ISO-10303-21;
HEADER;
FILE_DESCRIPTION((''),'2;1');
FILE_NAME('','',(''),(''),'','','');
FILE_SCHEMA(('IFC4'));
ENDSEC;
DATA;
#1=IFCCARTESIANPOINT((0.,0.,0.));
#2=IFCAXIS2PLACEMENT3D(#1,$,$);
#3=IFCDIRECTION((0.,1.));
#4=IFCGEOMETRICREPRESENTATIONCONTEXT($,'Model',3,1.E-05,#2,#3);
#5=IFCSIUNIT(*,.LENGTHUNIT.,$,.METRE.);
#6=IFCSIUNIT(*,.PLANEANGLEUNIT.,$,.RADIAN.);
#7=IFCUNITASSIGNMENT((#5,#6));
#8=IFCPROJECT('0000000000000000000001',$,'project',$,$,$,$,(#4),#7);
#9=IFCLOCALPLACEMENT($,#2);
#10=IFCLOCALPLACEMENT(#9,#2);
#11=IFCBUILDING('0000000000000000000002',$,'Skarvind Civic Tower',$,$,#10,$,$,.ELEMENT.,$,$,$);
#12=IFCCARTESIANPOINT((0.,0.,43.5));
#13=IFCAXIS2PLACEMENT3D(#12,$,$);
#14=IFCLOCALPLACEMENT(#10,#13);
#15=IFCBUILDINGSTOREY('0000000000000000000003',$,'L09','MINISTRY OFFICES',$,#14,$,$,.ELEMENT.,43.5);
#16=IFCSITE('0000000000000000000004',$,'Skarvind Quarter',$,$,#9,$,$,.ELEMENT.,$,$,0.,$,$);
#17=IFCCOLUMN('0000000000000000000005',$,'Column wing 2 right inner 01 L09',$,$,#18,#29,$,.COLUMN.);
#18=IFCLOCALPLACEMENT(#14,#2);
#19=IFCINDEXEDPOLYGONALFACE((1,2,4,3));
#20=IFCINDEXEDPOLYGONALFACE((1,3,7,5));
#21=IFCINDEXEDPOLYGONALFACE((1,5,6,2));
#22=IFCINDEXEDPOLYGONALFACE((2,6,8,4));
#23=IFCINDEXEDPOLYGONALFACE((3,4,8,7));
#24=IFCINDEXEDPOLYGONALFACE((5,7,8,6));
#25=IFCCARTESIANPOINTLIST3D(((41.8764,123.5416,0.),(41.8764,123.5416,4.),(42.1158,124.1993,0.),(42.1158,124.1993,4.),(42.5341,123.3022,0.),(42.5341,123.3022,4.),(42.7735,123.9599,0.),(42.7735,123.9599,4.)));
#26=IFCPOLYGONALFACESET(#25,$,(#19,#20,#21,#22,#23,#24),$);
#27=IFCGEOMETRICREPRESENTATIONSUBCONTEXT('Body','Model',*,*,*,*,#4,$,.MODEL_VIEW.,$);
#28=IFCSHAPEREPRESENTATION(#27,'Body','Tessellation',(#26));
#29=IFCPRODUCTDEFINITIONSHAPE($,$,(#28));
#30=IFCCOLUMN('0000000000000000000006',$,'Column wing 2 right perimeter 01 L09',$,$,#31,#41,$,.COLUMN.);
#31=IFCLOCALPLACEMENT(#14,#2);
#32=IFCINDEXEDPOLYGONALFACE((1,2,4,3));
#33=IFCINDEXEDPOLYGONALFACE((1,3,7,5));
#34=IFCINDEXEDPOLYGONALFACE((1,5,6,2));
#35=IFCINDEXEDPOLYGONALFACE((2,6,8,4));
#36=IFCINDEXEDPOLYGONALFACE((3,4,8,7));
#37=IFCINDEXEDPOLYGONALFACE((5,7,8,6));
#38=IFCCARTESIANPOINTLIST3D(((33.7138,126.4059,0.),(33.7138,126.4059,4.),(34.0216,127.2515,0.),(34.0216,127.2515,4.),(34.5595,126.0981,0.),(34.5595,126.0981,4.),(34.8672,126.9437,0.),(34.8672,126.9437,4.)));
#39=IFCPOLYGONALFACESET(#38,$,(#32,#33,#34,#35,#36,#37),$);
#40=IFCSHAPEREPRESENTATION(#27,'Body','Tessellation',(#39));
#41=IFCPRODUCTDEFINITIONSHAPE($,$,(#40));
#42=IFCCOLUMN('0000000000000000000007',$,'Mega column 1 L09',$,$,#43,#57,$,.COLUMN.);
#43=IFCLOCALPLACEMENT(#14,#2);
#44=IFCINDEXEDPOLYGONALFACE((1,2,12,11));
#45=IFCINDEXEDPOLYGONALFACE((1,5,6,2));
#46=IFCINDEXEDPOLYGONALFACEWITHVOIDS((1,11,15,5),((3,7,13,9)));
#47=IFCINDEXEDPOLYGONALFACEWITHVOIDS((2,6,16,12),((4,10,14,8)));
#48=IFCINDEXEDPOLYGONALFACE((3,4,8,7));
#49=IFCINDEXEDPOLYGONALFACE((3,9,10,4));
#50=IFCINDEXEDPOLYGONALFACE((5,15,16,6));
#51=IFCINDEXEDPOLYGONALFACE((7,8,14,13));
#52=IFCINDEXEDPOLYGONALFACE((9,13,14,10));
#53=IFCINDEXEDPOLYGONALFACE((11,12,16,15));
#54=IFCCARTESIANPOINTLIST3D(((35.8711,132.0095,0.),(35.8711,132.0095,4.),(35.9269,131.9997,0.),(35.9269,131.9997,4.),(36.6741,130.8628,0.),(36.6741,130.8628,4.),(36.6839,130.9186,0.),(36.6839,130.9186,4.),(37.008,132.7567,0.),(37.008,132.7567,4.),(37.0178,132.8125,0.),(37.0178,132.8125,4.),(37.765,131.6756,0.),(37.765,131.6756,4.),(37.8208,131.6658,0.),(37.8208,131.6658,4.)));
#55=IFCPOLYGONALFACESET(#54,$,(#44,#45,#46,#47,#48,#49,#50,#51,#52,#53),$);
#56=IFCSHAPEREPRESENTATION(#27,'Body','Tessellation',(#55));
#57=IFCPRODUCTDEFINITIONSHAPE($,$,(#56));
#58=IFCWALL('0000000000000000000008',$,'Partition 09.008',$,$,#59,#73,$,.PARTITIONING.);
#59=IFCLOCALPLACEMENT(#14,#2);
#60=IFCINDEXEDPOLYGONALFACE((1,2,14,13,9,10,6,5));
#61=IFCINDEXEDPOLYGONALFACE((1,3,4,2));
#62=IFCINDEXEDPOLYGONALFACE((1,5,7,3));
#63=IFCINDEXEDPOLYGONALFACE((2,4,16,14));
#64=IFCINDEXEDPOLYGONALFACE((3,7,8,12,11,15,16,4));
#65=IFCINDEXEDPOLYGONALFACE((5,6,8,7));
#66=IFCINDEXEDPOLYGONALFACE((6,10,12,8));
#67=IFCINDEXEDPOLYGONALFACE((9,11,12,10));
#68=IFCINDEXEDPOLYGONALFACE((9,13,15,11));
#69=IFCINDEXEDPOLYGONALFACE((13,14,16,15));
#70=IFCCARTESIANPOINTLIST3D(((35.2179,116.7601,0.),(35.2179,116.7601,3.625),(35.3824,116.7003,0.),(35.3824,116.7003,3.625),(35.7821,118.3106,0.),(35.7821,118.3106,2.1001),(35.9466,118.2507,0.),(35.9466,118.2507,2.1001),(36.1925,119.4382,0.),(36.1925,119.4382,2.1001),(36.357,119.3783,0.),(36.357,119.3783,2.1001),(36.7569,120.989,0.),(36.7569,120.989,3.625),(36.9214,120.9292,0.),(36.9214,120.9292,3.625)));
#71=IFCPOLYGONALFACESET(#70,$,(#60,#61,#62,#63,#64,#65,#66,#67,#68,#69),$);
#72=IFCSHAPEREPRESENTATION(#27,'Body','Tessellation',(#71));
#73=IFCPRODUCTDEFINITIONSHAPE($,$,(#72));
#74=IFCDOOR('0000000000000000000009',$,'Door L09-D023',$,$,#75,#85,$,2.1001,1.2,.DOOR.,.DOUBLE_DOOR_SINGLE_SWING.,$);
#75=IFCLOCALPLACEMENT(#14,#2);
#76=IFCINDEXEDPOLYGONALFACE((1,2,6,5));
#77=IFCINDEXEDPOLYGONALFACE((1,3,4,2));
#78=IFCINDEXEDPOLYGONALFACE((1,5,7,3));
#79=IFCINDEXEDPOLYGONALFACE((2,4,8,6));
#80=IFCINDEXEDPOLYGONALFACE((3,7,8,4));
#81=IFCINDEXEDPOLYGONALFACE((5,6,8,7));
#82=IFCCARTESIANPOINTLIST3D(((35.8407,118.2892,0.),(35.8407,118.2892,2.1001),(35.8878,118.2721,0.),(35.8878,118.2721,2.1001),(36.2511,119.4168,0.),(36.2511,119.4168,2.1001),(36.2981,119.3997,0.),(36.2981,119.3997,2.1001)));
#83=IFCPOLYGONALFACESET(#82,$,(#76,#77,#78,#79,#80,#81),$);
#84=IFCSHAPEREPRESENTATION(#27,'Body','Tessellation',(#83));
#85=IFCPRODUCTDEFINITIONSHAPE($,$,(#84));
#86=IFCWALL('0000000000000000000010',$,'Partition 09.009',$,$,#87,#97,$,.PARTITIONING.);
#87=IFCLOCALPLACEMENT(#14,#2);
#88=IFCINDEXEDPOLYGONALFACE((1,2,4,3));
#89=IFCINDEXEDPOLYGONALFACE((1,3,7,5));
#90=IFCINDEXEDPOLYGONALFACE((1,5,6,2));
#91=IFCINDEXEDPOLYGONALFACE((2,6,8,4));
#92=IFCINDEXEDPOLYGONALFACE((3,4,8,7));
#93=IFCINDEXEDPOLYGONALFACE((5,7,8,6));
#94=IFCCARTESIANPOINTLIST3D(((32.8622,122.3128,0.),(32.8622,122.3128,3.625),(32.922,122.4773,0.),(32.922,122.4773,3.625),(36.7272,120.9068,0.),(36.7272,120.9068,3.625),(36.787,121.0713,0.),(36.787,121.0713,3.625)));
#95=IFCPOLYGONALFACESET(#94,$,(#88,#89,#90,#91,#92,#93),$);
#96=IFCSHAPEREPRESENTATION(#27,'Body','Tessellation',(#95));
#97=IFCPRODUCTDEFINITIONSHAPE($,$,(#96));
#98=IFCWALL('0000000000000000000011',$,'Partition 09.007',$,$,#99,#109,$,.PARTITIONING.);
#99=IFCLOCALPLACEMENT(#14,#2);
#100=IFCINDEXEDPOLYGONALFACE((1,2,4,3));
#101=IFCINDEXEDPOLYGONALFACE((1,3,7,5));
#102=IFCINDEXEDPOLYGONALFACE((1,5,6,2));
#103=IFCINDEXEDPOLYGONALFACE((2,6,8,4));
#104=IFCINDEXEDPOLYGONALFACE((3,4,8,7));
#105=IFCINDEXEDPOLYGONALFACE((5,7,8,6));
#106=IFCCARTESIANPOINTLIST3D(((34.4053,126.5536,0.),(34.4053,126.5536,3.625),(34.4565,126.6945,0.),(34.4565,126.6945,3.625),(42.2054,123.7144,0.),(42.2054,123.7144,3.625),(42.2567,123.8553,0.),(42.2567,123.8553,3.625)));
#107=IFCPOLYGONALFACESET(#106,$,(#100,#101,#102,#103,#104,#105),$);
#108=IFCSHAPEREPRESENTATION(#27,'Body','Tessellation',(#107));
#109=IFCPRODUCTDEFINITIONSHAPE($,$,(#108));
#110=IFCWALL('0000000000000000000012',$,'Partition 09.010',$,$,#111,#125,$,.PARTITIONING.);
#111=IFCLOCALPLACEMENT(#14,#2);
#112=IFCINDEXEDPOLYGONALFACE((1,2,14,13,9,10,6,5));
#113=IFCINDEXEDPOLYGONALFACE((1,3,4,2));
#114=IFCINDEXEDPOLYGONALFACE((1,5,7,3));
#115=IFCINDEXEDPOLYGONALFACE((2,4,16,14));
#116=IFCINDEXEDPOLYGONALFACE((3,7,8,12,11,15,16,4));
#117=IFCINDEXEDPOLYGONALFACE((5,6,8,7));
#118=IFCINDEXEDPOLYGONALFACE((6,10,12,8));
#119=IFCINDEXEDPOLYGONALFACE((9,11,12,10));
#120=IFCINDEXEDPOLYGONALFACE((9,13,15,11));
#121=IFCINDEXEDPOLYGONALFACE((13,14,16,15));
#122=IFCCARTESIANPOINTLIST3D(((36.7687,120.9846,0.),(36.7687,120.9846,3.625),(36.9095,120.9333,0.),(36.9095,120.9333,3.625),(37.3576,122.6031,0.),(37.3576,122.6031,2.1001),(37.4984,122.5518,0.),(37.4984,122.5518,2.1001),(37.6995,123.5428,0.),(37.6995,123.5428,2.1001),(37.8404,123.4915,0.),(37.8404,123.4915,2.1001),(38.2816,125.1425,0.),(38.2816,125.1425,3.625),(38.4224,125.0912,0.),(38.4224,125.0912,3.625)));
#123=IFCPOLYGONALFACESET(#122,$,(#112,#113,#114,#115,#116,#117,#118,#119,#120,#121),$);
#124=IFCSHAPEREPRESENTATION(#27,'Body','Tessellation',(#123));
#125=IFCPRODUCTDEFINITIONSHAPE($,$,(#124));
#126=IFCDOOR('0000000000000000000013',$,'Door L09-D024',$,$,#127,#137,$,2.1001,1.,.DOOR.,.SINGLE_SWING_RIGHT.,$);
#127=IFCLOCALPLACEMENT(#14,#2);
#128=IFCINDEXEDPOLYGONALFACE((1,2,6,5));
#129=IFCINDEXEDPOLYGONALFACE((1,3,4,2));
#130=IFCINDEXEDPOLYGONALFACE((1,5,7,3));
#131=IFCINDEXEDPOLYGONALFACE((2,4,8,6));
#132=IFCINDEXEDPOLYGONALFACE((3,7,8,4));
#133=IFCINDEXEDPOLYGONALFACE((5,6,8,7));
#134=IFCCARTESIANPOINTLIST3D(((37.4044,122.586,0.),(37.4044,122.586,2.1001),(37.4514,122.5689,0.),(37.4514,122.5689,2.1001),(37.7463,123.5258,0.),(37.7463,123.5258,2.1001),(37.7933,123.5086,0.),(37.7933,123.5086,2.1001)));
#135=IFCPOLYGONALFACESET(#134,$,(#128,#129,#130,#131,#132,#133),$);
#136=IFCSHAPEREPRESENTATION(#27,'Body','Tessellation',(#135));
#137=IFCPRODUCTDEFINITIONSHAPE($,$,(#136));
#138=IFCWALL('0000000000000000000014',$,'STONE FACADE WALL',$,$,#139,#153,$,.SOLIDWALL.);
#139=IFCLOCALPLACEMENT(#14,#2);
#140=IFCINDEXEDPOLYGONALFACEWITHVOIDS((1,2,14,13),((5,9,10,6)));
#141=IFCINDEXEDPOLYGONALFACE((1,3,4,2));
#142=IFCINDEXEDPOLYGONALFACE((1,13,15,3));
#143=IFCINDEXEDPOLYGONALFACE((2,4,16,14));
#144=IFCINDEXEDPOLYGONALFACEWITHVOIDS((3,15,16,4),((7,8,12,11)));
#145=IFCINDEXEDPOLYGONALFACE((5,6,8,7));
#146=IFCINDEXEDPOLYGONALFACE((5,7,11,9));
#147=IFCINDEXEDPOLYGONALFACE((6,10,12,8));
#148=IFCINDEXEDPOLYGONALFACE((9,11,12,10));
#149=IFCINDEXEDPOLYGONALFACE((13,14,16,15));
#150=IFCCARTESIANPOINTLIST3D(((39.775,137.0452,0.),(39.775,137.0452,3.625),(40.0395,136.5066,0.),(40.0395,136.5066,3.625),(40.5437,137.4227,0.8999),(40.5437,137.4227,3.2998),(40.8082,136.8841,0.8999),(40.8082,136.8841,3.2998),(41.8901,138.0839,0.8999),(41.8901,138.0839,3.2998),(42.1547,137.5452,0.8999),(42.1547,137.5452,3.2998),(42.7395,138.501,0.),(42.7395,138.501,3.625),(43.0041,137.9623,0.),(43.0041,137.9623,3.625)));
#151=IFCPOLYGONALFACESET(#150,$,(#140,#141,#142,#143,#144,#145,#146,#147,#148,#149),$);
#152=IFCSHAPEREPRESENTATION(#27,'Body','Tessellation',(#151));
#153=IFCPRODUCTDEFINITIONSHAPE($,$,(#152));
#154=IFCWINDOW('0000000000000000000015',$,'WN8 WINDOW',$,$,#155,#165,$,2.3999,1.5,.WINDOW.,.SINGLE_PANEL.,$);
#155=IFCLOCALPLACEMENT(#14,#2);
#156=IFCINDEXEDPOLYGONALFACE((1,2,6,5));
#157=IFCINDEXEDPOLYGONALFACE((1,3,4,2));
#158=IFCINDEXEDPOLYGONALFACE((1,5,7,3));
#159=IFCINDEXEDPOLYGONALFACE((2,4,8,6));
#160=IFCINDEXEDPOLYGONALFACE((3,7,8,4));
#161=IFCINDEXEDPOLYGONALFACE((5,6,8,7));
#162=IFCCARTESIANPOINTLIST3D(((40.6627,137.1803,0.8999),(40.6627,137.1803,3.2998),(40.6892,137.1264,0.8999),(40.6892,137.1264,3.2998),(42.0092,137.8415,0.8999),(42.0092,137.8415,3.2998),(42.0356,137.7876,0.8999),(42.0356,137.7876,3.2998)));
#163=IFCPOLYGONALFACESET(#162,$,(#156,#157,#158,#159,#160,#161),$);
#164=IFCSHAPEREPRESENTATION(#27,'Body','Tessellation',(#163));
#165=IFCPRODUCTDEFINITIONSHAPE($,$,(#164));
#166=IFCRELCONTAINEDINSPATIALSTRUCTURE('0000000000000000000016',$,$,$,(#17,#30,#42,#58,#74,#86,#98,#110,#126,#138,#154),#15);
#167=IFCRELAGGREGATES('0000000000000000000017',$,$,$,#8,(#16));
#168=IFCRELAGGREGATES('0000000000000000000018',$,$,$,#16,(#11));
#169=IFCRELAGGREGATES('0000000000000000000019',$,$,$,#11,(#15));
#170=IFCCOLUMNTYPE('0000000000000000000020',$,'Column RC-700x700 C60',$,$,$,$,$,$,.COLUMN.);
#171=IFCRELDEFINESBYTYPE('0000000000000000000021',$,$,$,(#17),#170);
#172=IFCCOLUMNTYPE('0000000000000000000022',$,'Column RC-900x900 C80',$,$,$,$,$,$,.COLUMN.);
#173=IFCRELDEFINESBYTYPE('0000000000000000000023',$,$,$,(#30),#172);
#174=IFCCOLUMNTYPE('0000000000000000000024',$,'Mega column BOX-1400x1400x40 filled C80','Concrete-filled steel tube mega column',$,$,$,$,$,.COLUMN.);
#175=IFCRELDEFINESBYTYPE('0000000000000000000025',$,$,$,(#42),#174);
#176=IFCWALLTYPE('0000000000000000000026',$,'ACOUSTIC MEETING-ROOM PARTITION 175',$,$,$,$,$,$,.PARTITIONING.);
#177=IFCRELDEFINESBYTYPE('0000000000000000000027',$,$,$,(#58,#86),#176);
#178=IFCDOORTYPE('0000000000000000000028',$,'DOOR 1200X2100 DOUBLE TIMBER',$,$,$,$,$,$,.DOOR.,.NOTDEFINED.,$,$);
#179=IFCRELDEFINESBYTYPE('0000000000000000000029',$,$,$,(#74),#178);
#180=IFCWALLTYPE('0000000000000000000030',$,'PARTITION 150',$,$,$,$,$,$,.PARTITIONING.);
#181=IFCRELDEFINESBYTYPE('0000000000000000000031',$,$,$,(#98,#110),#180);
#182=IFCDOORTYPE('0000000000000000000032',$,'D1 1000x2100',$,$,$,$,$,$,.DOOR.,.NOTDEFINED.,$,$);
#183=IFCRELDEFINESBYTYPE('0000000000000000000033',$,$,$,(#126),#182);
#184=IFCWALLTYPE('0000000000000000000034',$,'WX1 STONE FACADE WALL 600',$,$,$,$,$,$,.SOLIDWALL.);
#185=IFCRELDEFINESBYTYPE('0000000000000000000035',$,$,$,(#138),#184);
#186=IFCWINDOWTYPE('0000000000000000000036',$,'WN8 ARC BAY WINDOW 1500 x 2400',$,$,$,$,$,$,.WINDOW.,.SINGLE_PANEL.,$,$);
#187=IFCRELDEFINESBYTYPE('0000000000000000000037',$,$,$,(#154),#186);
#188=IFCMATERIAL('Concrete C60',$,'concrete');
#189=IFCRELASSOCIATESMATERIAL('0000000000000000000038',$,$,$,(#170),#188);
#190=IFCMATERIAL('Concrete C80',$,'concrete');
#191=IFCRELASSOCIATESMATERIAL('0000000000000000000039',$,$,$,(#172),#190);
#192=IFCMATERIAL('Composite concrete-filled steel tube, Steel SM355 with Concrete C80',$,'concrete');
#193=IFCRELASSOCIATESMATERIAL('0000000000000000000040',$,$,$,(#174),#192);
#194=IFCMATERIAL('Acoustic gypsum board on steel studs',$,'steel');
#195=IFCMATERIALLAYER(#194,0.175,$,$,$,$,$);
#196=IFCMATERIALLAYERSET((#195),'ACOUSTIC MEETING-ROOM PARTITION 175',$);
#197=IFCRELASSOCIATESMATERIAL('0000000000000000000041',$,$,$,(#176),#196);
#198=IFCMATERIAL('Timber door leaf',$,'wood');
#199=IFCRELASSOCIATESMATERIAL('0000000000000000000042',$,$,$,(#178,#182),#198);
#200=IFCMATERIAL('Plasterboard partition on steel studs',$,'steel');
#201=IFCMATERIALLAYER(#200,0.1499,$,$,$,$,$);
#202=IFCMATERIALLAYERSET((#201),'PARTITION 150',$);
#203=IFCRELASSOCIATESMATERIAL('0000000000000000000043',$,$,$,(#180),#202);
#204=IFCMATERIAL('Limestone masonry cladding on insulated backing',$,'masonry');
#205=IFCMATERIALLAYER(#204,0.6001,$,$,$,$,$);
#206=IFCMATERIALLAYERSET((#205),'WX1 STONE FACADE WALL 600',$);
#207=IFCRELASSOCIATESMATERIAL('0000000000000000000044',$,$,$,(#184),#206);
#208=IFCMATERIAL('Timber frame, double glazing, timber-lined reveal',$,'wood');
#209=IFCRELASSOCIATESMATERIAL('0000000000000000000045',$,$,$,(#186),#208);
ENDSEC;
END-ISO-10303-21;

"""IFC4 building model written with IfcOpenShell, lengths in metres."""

from ifc_helpers import new_model, si_unit, direction, frame, frame_2d, origin, origin_2d, place, context, subcontext, project, spatial, rectangle, hollow_rectangle, extrude, material, layer, layer_set, material_profile, profile_set, type_object, element, fill, save


model = new_model("IFC4")

# Units and contexts
model_context = context("Model", 3, precision=1e-05, world=origin(), true_north=direction((0.0, 1.0)))
body_context = subcontext(model_context, "Body", "Model", "MODEL_VIEW")
ifc_project = project(units=[si_unit("LENGTHUNIT", "METRE"), si_unit("PLANEANGLEUNIT", "RADIAN")], contexts=[model_context])

# Site, building, storey
site_placement = place(None, origin())
site = spatial("IfcSite", under=ifc_project, at=site_placement, Name="Skarvind Quarter", CompositionType="ELEMENT", RefElevation=0.0)
building_placement = place(site_placement, origin())
building = spatial("IfcBuilding", under=site, at=building_placement, Name="Skarvind Civic Tower", CompositionType="ELEMENT")
storey_placement = place(building_placement, frame((0.0, 0.0, 43.5)))
storey = spatial("IfcBuildingStorey", under=building, at=storey_placement, Name="L09", Description="MINISTRY OFFICES", CompositionType="ELEMENT", Elevation=43.5)

# Columns
ifc_material_1 = material(Name="Concrete C60", Category="concrete")
ifc_material_profile_1 = material_profile(ifc_material_1, rectangle(XDim=0.7, YDim=0.7, at=origin_2d()), Name="RC-700x700")
ifc_profile_set_1 = profile_set([ifc_material_profile_1], Name="Concrete C60")
column_type_1 = type_object("IfcColumnType", Name="Column RC-700x700 C60", PredefinedType="COLUMN", material=ifc_profile_set_1)
column_1_placement = place(storey_placement, frame((42.325, 123.7507, 0.0), z_axis=(0.0, 0.0, 1.0), x_axis=(-0.34202, -0.939693, 0.0)))
element("IfcColumn", 1, at=column_1_placement, inside=storey, type_object=column_type_1, Name="Column wing 2 right inner 01 L09", PredefinedType="COLUMN", context=body_context, shape_type="SweptSolid", body=[
    extrude(rectangle(XDim=0.7, YDim=0.7, at=origin_2d()), origin(), (0.0, 0.0, 1.0), 4.0),
])
ifc_material_2 = material(Name="Concrete C80", Category="concrete")
ifc_material_profile_2 = material_profile(ifc_material_2, rectangle(XDim=0.8999, YDim=0.8999, at=origin_2d()), Name="RC-900x900")
ifc_profile_set_2 = profile_set([ifc_material_profile_2], Name="Concrete C80")
column_type_2 = type_object("IfcColumnType", Name="Column RC-900x900 C80", PredefinedType="COLUMN", material=ifc_profile_set_2)
column_2_placement = place(storey_placement, frame((34.2905, 126.6748, 0.0), z_axis=(0.0, 0.0, 1.0), x_axis=(-0.34202, -0.939693, 0.0)))
element("IfcColumn", 2, at=column_2_placement, inside=storey, type_object=column_type_2, Name="Column wing 2 right perimeter 01 L09", PredefinedType="COLUMN", context=body_context, shape_type="SweptSolid", body=[
    extrude(rectangle(XDim=0.8999, YDim=0.8999, at=origin_2d()), origin(), (0.0, 0.0, 1.0), 4.0),
])
ifc_material_3 = material(Name="Composite concrete-filled steel tube, Steel SM355 with Concrete C80", Category="concrete")
ifc_material_profile_3 = material_profile(ifc_material_3, hollow_rectangle(XDim=1.3999, YDim=1.3999, WallThickness=0.04, at=origin_2d()), Name="BOX-1400x1400x40")
ifc_profile_set_3 = profile_set([ifc_material_profile_3], Name="Composite concrete-filled steel tube, Steel SM355 with Concrete C80")
column_type_3 = type_object("IfcColumnType", Name="Mega column BOX-1400x1400x40 filled C80", Description="Concrete-filled steel tube mega column", PredefinedType="COLUMN", material=ifc_profile_set_3)
column_3_placement = place(storey_placement, frame((36.8459, 131.8376, 0.0), z_axis=(0.0, 0.0, 1.0), x_axis=(0.573576, -0.819152, 0.0)))
element("IfcColumn", 3, at=column_3_placement, inside=storey, type_object=column_type_3, Name="Mega column 1 L09", PredefinedType="COLUMN", context=body_context, shape_type="SweptSolid", body=[
    extrude(hollow_rectangle(XDim=1.3999, YDim=1.3999, WallThickness=0.04, at=origin_2d()), origin(), (0.0, 0.0, 1.0), 4.0),
])

# Wall, opening, door
ifc_material_4 = material(Name="Acoustic gypsum board on steel studs", Category="steel")
ifc_layer_1 = layer(ifc_material_4, 0.175)
ifc_layer_set_1 = layer_set([ifc_layer_1], Name="ACOUSTIC MEETING-ROOM PARTITION 175")
wall_type_1 = type_object("IfcWallType", Name="ACOUSTIC MEETING-ROOM PARTITION 175", PredefinedType="PARTITIONING", material=ifc_layer_set_1)
wall_1_placement = place(storey_placement, frame((36.8391, 120.959, 0.0), z_axis=(0.0, 0.0, 1.0), x_axis=(-0.341987, -0.939705, 0.0)))
wall_1 = element("IfcWall", 4, at=wall_1_placement, inside=storey, type_object=wall_type_1, Name="Partition 09.008", PredefinedType="PARTITIONING", context=body_context, shape_type="SweptSolid", body=[
    extrude(rectangle(XDim=4.5002, YDim=0.175, at=frame_2d((2.25, 0.0))), origin(), (0.0, 0.0, 1.0), 3.625),
])
opening_1_placement = place(wall_1_placement, frame((1.6501, 0.0, 0.0)))
opening_1 = element("IfcOpeningElement", 5, at=opening_1_placement, cuts=wall_1, PredefinedType="OPENING", context=body_context, shape_type="SweptSolid", body=[
    extrude(rectangle(XDim=1.2, YDim=2.1001, at=frame_2d((0.6001, 1.05))), frame((0.0, 0.0974, 0.0), z_axis=(0.0, -1.0, 0.0), x_axis=(1.0, 0.0, 0.0)), (0.0, 0.0, 1.0), 0.1951),
])
ifc_material_5 = material(Name="Timber door leaf", Category="wood")
door_type_1 = type_object("IfcDoorType", Name="DOOR 1200X2100 DOUBLE TIMBER", OperationType="NOTDEFINED", PredefinedType="DOOR", material=ifc_material_5)
door_1_placement = place(opening_1_placement, origin())
door_1 = element("IfcDoor", 6, at=door_1_placement, inside=storey, type_object=door_type_1, Name="Door L09-D023", OperationType="DOUBLE_DOOR_SINGLE_SWING", OverallHeight=2.1001, OverallWidth=1.2, PredefinedType="DOOR", context=body_context, shape_type="SweptSolid", body=[
    extrude(rectangle(XDim=1.2, YDim=2.1001, at=frame_2d((0.6001, 1.05))), frame((0.0, 0.0249, 0.0), z_axis=(0.0, -1.0, 0.0), x_axis=(1.0, 0.0, 0.0)), (0.0, 0.0, 1.0), 0.05),
])
fill(opening_1, door_1)

# Walls
wall_2_placement = place(storey_placement, frame((36.7571, 120.989, 0.0), z_axis=(0.0, 0.0, 1.0), x_axis=(-0.93975, 0.341862, 0.0)))
element("IfcWall", 7, at=wall_2_placement, inside=storey, type_object=wall_type_1, Name="Partition 09.009", PredefinedType="PARTITIONING", context=body_context, shape_type="SweptSolid", body=[
    extrude(rectangle(XDim=4.1128, YDim=0.175, at=frame_2d((2.0564, 0.0))), origin(), (0.0, 0.0, 1.0), 3.625),
])
ifc_material_6 = material(Name="Plasterboard partition on steel studs", Category="steel")
ifc_layer_2 = layer(ifc_material_6, 0.1499)
ifc_layer_set_2 = layer_set([ifc_layer_2], Name="PARTITION 150")
wall_type_2 = type_object("IfcWallType", Name="PARTITION 150", PredefinedType="PARTITIONING", material=ifc_layer_set_2)
wall_3_placement = place(storey_placement, frame((34.4309, 126.624, 0.0), z_axis=(0.0, 0.0, 1.0), x_axis=(0.939688, -0.342034, 0.0)))
element("IfcWall", 8, at=wall_3_placement, inside=storey, type_object=wall_type_2, Name="Partition 09.007", PredefinedType="PARTITIONING", context=body_context, shape_type="SweptSolid", body=[
    extrude(rectangle(XDim=8.3008, YDim=0.1499, at=frame_2d((4.1504, 0.0))), origin(), (0.0, 0.0, 1.0), 3.625),
])

# Wall, opening, door
wall_4_placement = place(storey_placement, frame((38.3521, 125.1169, 0.0), z_axis=(0.0, 0.0, 1.0), x_axis=(-0.341934, -0.939724, 0.0)))
wall_4 = element("IfcWall", 9, at=wall_4_placement, inside=storey, type_object=wall_type_2, Name="Partition 09.010", PredefinedType="PARTITIONING", context=body_context, shape_type="SweptSolid", body=[
    extrude(rectangle(XDim=4.4246, YDim=0.1499, at=frame_2d((2.2124, 0.0))), origin(), (0.0, 0.0, 1.0), 3.625),
])
opening_2_placement = place(wall_4_placement, frame((1.7024, 0.0, 0.0)))
opening_2 = element("IfcOpeningElement", 10, at=opening_2_placement, cuts=wall_4, PredefinedType="OPENING", context=body_context, shape_type="SweptSolid", body=[
    extrude(rectangle(XDim=1.0, YDim=2.1001, at=frame_2d((0.5, 1.05))), frame((0.0, 0.085, 0.0), z_axis=(0.0, -1.0, 0.0), x_axis=(1.0, 0.0, 0.0)), (0.0, 0.0, 1.0), 0.1699),
])
door_type_2 = type_object("IfcDoorType", Name="D1 1000x2100", OperationType="NOTDEFINED", PredefinedType="DOOR", material=ifc_material_5)
door_2_placement = place(opening_2_placement, origin())
door_2 = element("IfcDoor", 11, at=door_2_placement, inside=storey, type_object=door_type_2, Name="Door L09-D024", OperationType="SINGLE_SWING_RIGHT", OverallHeight=2.1001, OverallWidth=1.0, PredefinedType="DOOR", context=body_context, shape_type="SweptSolid", body=[
    extrude(rectangle(XDim=1.0, YDim=2.1001, at=frame_2d((0.5, 1.05))), frame((0.0, 0.0249, 0.0), z_axis=(0.0, -1.0, 0.0), x_axis=(1.0, 0.0, 0.0)), (0.0, 0.0, 1.0), 0.05),
])
fill(opening_2, door_2)

# Wall, opening, window
ifc_material_7 = material(Name="Limestone masonry cladding on insulated backing", Category="masonry")
ifc_layer_3 = layer(ifc_material_7, 0.6001)
ifc_layer_set_3 = layer_set([ifc_layer_3], Name="WX1 STONE FACADE WALL 600")
wall_type_3 = type_object("IfcWallType", Name="WX1 STONE FACADE WALL 600", PredefinedType="SOLIDWALL", material=ifc_layer_set_3)
wall_5_placement = place(storey_placement, frame((39.9072, 136.7759, 0.0), z_axis=(0.0, 0.0, 1.0), x_axis=(0.897612, 0.440786, 0.0)))
wall_5 = element("IfcWall", 12, at=wall_5_placement, inside=storey, type_object=wall_type_3, Name="STONE FACADE WALL", PredefinedType="SOLIDWALL", context=body_context, shape_type="SweptSolid", body=[
    extrude(rectangle(XDim=3.3027, YDim=0.6001, at=frame_2d((1.6514, 0.0))), origin(), (0.0, 0.0, 1.0), 3.625),
])
opening_3_placement = place(wall_5_placement, frame((0.8564, 0.0, 0.8999)))
opening_3 = element("IfcOpeningElement", 13, at=opening_3_placement, cuts=wall_5, PredefinedType="OPENING", context=body_context, shape_type="SweptSolid", body=[
    extrude(rectangle(XDim=1.5, YDim=2.3999, at=frame_2d((0.75, 1.2))), frame((0.0, 0.3101, 0.0), z_axis=(0.0, -1.0, 0.0), x_axis=(1.0, 0.0, 0.0)), (0.0, 0.0, 1.0), 0.6201),
])
ifc_material_8 = material(Name="Timber frame, double glazing, timber-lined reveal", Category="wood")
window_type = type_object("IfcWindowType", Name="WN8 ARC BAY WINDOW 1500 x 2400", PartitioningType="SINGLE_PANEL", PredefinedType="WINDOW", material=ifc_material_8)
window_1_placement = place(opening_3_placement, origin())
window_1 = element("IfcWindow", 14, at=window_1_placement, inside=storey, type_object=window_type, Name="WN8 WINDOW", OverallHeight=2.3999, OverallWidth=1.5, PartitioningType="SINGLE_PANEL", PredefinedType="WINDOW", context=body_context, shape_type="SweptSolid", body=[
    extrude(rectangle(XDim=1.5, YDim=2.3999, at=frame_2d((0.75, 1.2))), frame((0.0, 0.03, 0.0), z_axis=(0.0, -1.0, 0.0), x_axis=(1.0, 0.0, 0.0)), (0.0, 0.0, 1.0), 0.0601),
])
fill(opening_3, window_1)

save(model, "model.ifc")
